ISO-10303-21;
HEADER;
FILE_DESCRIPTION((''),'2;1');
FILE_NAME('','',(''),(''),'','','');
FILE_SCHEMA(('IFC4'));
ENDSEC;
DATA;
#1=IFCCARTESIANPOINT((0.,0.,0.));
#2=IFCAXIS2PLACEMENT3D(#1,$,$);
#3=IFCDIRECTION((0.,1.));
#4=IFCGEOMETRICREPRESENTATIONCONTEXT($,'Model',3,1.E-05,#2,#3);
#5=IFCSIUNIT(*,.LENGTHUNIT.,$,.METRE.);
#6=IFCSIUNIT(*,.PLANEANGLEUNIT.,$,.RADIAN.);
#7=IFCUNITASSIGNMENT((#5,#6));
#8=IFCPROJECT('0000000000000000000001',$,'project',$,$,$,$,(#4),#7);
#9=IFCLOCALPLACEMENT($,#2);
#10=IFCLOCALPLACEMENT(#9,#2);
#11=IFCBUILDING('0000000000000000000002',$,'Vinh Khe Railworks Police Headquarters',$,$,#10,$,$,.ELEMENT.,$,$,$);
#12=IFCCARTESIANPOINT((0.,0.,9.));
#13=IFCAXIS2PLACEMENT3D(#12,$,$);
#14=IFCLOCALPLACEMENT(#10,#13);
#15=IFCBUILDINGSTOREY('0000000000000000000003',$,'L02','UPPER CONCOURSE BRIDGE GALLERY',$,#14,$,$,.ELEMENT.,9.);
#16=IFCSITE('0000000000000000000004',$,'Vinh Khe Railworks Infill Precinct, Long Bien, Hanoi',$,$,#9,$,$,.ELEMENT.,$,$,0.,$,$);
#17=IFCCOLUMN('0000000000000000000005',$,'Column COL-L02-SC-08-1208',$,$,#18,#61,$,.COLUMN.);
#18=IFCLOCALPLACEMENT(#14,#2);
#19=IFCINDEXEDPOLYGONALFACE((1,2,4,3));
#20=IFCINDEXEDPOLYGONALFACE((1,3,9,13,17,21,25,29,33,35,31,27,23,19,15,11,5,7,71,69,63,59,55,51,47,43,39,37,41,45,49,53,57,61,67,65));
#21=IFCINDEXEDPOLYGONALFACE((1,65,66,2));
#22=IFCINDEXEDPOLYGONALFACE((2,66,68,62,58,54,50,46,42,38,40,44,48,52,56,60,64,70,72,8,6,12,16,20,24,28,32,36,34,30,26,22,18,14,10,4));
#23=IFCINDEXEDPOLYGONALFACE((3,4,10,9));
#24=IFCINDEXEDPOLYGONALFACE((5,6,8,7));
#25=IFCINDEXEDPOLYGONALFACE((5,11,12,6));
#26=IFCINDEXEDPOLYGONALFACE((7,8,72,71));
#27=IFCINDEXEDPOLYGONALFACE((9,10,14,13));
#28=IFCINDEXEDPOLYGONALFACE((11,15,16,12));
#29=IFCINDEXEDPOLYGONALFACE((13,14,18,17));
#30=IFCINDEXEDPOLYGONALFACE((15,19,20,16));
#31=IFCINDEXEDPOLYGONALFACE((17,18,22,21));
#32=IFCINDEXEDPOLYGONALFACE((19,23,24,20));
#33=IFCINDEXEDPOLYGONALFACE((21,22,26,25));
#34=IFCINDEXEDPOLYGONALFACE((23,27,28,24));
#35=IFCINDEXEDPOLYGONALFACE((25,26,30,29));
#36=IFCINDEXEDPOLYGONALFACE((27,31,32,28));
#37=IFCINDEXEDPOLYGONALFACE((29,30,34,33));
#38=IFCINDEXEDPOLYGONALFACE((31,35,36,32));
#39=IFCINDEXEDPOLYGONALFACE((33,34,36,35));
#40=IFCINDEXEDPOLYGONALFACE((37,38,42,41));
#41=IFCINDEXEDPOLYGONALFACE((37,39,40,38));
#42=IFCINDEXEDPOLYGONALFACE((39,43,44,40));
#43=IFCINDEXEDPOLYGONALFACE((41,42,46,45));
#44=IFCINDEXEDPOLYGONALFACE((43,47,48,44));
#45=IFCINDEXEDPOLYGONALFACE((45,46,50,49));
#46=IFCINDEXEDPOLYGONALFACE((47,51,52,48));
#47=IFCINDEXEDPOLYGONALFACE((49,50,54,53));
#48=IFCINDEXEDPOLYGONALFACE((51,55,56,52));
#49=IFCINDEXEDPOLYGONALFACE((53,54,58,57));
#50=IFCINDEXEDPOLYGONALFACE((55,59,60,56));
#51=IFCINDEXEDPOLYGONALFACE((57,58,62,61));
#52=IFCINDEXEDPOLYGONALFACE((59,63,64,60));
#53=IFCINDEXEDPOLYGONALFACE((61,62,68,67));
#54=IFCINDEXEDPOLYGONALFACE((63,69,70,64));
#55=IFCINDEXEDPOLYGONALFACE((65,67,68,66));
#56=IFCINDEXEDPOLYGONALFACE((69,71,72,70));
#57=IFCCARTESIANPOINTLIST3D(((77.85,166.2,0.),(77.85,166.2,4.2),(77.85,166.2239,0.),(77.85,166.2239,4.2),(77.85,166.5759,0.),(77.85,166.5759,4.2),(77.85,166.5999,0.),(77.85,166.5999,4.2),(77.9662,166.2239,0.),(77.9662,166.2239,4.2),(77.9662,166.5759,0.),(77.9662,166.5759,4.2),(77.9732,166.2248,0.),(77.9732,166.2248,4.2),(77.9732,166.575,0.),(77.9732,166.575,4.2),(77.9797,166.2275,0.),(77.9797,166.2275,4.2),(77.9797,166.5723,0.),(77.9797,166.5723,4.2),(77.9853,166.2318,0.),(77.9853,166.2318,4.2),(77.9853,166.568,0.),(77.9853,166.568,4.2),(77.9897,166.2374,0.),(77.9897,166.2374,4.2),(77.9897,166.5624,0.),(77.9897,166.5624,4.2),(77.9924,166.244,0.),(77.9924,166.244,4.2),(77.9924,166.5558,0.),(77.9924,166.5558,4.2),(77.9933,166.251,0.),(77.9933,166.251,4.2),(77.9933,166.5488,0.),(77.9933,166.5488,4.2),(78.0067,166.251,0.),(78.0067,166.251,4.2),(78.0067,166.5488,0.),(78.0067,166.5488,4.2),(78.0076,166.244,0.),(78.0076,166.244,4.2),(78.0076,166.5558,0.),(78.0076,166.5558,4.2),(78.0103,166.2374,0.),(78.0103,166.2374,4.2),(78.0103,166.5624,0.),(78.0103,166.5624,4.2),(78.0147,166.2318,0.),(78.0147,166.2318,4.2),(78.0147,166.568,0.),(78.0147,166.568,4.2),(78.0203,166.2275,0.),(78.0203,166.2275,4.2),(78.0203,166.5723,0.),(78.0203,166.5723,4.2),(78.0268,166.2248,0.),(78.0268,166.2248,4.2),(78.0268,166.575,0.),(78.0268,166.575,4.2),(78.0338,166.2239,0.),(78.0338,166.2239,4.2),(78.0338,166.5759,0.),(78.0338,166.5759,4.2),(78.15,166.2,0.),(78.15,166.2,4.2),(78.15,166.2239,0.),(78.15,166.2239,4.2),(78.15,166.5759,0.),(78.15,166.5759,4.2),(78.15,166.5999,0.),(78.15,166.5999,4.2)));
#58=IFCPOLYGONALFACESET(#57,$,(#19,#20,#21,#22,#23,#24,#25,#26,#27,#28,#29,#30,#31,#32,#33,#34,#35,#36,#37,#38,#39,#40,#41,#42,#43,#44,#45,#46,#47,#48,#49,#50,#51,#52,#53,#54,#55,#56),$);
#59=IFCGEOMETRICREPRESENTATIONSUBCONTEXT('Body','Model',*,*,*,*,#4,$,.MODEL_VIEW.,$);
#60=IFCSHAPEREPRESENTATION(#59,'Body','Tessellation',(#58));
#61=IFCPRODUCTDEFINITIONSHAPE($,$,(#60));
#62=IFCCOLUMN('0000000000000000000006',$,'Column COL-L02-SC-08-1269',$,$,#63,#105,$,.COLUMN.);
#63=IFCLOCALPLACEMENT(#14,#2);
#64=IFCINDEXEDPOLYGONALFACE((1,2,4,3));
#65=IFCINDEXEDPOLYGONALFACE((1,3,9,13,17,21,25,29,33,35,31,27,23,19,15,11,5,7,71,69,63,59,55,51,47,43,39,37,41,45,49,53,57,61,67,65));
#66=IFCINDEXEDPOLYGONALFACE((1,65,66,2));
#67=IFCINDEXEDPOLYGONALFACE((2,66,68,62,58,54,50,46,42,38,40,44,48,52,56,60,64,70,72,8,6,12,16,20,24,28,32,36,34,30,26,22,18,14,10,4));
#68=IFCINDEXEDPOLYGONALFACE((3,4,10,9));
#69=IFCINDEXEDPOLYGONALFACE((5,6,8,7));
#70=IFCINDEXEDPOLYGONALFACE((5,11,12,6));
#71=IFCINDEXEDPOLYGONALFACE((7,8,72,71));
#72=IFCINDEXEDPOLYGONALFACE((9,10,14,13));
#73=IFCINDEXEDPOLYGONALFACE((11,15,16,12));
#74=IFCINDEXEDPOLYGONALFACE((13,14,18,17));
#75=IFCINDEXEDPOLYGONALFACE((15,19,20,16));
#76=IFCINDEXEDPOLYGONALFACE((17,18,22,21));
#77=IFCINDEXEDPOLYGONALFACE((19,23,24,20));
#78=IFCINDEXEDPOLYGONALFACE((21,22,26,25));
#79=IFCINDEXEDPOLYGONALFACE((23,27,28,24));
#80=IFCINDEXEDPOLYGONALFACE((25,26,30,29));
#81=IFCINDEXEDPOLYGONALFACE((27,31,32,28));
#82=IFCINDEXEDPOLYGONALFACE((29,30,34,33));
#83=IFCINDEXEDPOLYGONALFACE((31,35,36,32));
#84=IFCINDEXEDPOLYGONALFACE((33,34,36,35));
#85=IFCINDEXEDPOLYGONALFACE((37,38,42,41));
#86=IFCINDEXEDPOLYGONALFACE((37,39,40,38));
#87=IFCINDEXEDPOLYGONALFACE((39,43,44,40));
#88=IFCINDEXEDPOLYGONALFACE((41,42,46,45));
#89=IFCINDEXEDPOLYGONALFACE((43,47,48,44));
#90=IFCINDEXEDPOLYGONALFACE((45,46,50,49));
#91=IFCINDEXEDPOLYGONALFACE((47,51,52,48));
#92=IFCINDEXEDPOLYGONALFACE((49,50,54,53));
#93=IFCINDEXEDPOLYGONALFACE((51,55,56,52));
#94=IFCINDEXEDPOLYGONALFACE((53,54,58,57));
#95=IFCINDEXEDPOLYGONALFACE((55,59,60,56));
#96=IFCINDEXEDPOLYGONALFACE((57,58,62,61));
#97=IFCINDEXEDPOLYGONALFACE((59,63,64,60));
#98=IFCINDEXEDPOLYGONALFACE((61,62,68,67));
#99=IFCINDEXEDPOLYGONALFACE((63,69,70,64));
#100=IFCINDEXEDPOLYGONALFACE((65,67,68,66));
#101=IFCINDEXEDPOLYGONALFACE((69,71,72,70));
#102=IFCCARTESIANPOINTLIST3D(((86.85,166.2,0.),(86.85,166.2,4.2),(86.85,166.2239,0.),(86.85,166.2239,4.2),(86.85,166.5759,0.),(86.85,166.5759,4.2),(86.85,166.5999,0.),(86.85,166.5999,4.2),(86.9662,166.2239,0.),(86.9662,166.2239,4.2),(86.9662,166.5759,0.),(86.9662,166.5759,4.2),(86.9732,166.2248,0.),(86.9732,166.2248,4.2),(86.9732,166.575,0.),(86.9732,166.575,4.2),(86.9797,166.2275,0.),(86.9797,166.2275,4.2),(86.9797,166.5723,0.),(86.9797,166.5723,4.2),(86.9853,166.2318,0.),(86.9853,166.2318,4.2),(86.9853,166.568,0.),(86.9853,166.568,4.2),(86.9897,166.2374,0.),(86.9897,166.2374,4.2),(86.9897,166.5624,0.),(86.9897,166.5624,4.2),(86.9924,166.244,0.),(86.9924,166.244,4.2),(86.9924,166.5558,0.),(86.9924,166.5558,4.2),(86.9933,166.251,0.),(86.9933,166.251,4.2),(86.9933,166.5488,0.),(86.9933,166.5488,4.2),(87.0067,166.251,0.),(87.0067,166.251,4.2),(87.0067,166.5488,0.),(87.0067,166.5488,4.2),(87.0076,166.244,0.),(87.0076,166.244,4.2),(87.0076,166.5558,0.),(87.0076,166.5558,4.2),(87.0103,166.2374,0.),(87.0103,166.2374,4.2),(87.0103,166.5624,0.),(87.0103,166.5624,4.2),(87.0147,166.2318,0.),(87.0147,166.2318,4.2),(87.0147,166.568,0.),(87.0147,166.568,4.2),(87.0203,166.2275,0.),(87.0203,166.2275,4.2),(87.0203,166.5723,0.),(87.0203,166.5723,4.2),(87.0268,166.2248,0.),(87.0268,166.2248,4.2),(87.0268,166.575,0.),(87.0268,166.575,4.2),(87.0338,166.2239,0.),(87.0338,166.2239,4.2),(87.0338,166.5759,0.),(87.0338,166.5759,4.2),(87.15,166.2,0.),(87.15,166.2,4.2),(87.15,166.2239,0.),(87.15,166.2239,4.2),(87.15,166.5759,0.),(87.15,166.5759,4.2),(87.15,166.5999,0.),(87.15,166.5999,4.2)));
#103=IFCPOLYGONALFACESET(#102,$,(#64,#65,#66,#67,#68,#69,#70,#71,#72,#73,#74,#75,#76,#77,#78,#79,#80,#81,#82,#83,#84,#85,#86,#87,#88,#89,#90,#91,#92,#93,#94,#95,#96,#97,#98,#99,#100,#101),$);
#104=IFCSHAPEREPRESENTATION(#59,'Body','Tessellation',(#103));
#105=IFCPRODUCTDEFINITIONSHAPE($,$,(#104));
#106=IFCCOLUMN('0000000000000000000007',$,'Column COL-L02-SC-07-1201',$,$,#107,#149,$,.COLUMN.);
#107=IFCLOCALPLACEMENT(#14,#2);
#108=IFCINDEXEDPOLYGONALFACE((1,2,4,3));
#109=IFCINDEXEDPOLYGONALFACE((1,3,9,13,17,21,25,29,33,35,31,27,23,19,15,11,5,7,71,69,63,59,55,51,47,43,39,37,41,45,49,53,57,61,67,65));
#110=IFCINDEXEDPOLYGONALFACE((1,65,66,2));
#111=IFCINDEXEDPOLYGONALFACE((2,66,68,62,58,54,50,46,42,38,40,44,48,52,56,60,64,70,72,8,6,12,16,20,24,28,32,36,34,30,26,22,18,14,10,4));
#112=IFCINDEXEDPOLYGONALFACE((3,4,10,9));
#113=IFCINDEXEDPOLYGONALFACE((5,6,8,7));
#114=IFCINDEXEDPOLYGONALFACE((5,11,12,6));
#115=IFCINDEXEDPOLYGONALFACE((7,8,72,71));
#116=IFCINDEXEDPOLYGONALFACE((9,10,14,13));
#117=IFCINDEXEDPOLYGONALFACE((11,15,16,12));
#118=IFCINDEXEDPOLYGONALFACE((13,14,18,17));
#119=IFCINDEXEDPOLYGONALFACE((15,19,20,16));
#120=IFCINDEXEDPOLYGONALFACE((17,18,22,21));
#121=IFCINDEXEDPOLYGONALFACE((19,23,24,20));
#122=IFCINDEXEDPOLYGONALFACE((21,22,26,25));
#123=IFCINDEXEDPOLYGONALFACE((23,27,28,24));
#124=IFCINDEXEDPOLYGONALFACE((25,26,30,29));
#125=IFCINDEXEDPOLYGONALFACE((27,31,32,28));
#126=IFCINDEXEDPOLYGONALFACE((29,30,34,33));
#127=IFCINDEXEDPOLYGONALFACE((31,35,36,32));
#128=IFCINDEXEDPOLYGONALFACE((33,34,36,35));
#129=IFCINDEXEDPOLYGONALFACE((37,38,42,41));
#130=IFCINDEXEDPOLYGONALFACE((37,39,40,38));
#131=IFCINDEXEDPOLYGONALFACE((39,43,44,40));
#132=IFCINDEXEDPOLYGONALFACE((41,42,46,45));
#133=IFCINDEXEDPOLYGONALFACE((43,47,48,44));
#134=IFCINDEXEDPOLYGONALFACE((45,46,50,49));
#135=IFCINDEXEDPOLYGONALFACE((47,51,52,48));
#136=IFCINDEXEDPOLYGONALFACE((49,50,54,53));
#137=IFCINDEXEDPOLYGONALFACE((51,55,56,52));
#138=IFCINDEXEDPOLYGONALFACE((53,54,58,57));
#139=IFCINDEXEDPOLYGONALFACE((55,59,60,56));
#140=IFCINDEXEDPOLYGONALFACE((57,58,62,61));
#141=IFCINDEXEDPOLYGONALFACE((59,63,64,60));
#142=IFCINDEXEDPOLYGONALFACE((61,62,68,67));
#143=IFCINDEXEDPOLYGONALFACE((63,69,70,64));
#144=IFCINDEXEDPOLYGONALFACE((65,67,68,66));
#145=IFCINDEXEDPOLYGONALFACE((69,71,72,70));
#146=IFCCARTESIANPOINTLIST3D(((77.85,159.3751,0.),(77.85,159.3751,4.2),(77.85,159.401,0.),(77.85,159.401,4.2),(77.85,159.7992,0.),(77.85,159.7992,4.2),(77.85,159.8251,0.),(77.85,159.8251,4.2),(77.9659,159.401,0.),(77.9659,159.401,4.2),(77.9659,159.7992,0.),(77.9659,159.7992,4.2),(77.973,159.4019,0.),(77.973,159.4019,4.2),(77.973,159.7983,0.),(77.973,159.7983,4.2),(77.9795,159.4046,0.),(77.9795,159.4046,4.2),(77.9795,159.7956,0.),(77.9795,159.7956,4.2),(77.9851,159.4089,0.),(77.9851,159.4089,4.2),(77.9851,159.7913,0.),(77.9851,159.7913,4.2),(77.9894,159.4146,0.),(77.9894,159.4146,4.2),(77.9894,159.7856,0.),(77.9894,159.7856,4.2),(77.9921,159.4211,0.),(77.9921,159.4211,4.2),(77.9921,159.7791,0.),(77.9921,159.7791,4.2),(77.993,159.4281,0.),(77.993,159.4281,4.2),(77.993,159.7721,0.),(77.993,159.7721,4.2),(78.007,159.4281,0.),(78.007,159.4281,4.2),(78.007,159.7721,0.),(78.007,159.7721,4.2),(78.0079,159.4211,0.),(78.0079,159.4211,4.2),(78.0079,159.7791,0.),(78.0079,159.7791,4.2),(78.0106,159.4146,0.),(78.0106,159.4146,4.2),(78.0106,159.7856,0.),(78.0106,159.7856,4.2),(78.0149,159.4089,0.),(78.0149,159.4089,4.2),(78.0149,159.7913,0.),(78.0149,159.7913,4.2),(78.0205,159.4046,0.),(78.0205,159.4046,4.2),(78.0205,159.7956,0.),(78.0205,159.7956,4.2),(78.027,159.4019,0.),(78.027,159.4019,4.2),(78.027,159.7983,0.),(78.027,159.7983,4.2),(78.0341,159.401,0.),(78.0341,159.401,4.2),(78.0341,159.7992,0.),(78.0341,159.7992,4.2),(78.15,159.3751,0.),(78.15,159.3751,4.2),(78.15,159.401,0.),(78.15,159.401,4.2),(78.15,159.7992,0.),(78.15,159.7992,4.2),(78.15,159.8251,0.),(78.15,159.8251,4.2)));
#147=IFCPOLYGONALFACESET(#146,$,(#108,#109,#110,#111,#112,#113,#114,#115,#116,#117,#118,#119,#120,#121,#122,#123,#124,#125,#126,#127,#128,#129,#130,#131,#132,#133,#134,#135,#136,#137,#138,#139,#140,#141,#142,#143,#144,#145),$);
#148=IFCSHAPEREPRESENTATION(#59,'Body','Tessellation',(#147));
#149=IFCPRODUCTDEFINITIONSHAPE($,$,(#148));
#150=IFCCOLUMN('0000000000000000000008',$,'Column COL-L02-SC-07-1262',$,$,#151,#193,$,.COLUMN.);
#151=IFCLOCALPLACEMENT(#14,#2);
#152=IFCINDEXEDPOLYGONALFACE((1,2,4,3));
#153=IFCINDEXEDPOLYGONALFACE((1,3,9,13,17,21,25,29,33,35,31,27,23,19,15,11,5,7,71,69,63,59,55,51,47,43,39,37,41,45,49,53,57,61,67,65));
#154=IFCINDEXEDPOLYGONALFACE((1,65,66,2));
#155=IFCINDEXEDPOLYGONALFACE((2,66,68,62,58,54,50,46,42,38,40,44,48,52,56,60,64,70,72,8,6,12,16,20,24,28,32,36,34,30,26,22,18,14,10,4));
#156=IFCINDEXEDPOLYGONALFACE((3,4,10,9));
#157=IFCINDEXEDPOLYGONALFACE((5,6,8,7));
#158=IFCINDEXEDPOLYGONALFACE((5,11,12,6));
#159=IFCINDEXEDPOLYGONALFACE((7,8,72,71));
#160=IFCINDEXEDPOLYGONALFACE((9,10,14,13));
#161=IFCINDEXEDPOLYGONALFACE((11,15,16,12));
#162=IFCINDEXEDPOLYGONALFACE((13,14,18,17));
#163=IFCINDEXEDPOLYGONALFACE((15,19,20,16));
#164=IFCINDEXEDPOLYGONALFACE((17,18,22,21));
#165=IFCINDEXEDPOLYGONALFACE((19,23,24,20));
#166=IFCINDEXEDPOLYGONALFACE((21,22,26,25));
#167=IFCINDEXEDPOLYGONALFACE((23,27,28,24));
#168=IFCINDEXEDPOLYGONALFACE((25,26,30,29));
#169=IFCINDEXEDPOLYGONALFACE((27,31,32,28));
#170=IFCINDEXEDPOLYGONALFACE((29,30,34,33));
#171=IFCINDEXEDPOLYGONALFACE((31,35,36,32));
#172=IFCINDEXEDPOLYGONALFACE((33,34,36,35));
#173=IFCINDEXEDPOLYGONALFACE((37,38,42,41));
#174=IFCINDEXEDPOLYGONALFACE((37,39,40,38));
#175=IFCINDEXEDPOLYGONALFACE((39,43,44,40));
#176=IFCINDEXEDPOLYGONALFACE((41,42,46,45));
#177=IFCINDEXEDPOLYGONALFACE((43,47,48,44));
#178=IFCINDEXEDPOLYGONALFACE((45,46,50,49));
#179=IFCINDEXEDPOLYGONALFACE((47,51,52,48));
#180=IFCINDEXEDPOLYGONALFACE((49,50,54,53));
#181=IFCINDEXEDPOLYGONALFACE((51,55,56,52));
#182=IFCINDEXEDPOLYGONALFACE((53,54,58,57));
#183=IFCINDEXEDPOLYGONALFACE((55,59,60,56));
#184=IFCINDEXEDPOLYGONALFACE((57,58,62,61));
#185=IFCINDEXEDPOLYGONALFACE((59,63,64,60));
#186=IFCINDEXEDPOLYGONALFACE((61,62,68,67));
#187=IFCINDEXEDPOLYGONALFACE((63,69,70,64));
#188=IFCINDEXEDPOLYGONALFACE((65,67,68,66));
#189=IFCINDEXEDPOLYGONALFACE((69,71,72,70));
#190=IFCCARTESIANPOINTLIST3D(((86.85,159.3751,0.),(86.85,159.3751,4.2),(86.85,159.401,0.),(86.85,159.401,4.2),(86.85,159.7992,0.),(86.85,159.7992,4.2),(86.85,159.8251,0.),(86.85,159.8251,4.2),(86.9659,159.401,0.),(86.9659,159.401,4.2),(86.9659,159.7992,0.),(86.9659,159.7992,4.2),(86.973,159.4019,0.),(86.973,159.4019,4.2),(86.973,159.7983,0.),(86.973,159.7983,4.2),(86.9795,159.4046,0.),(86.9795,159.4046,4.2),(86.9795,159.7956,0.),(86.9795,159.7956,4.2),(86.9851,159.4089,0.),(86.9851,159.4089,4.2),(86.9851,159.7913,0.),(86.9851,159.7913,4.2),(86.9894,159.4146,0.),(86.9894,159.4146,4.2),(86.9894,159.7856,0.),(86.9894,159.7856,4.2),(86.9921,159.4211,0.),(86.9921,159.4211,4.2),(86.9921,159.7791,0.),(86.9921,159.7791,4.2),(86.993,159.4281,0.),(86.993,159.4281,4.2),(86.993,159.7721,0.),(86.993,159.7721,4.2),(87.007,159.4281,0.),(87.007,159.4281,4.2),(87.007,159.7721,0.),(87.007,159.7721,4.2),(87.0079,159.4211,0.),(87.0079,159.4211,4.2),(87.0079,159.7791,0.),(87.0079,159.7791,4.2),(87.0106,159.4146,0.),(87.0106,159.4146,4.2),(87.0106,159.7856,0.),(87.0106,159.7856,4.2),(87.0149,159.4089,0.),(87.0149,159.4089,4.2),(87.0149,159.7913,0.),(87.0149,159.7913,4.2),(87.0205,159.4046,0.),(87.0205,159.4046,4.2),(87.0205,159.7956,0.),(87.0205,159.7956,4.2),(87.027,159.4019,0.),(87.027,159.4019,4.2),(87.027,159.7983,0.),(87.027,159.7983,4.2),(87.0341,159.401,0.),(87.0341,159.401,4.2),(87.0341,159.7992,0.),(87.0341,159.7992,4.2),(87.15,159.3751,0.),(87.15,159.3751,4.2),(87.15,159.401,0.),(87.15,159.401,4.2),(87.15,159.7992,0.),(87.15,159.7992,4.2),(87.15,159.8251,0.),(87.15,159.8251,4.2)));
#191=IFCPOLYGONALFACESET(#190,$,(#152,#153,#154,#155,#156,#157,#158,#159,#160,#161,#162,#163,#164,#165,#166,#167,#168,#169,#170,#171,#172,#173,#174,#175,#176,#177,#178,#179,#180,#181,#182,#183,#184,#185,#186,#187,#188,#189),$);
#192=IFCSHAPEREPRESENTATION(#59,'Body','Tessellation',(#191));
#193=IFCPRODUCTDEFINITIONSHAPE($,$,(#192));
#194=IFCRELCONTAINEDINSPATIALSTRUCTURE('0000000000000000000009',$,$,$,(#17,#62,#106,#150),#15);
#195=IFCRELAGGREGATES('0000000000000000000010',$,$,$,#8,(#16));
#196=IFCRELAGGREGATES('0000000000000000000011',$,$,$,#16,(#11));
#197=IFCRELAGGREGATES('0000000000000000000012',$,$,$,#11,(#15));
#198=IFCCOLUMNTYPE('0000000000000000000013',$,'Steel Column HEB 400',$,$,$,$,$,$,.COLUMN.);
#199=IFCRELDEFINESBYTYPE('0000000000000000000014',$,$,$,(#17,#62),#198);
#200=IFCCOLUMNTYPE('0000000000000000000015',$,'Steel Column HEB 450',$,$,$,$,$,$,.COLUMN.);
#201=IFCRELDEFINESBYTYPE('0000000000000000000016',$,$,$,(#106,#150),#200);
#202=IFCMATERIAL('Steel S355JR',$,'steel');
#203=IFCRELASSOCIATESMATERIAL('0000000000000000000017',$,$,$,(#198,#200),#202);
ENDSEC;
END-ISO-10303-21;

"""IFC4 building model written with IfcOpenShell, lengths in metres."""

from ifc_helpers import new_model, si_unit, direction, frame, origin, origin_2d, place, context, subcontext, project, spatial, i_section, extrude, material, material_profile, profile_set, type_object, element, save


model = new_model("IFC4")

# Units and contexts
model_context = context("Model", 3, precision=1e-05, world=origin(), true_north=direction((0.0, 1.0)))
body_context = subcontext(model_context, "Body", "Model", "MODEL_VIEW")
ifc_project = project(units=[si_unit("LENGTHUNIT", "METRE"), si_unit("PLANEANGLEUNIT", "RADIAN")], contexts=[model_context])

# Site, building, storey
site_placement = place(None, origin())
site = spatial("IfcSite", under=ifc_project, at=site_placement, Name="Vinh Khe Railworks Infill Precinct, Long Bien, Hanoi", CompositionType="ELEMENT", RefElevation=0.0)
building_placement = place(site_placement, origin())
building = spatial("IfcBuilding", under=site, at=building_placement, Name="Vinh Khe Railworks Police Headquarters", CompositionType="ELEMENT")
storey_placement = place(building_placement, frame((0.0, 0.0, 9.0)))
storey = spatial("IfcBuildingStorey", under=building, at=storey_placement, Name="L02", Description="UPPER CONCOURSE BRIDGE GALLERY", CompositionType="ELEMENT", Elevation=9.0)

# Columns
ifc_material_1 = material(Name="Steel S355JR", Category="steel")
ifc_material_profile_1 = material_profile(ifc_material_1, i_section(OverallWidth=0.3, OverallDepth=0.3999, WebThickness=0.0134, FlangeThickness=0.0239, FilletRadius=0.0271, at=origin_2d()), Name="HEB 400")
ifc_profile_set_1 = profile_set([ifc_material_profile_1], Name="Steel S355JR")
column_type_1 = type_object("IfcColumnType", Name="Steel Column HEB 400", PredefinedType="COLUMN", material=ifc_profile_set_1)
for number, where, z_axis, x_axis, name in (
    (1, (78.0, 166.3999, 0.0), (0.0, 0.0, 1.0), (1.0, 0.0, 0.0), "Column COL-L02-SC-08-1208"),
    (2, (87.0, 166.3999, 0.0), (0.0, 0.0, 1.0), (1.0, 0.0, 0.0), "Column COL-L02-SC-08-1269"),
):
    element("IfcColumn", number, at=place(storey_placement, frame(where, z_axis=z_axis, x_axis=x_axis)), inside=storey, type_object=column_type_1, Name=name, PredefinedType="COLUMN", context=body_context, shape_type="SweptSolid", body=[
        extrude(i_section(OverallWidth=0.3, OverallDepth=0.3999, WebThickness=0.0134, FlangeThickness=0.0239, FilletRadius=0.0271, at=origin_2d()), origin(), (0.0, 0.0, 1.0), 4.2),
    ])
ifc_material_profile_2 = material_profile(ifc_material_1, i_section(OverallWidth=0.3, OverallDepth=0.45, WebThickness=0.0139, FlangeThickness=0.0259, FilletRadius=0.0271, at=origin_2d()), Name="HEB 450")
ifc_profile_set_2 = profile_set([ifc_material_profile_2], Name="Steel S355JR")
column_type_2 = type_object("IfcColumnType", Name="Steel Column HEB 450", PredefinedType="COLUMN", material=ifc_profile_set_2)
for number, where, z_axis, x_axis, name in (
    (3, (78.0, 159.6001, 0.0), (0.0, 0.0, 1.0), (1.0, 0.0, 0.0), "Column COL-L02-SC-07-1201"),
    (4, (87.0, 159.6001, 0.0), (0.0, 0.0, 1.0), (1.0, 0.0, 0.0), "Column COL-L02-SC-07-1262"),
):
    element("IfcColumn", number, at=place(storey_placement, frame(where, z_axis=z_axis, x_axis=x_axis)), inside=storey, type_object=column_type_2, Name=name, PredefinedType="COLUMN", context=body_context, shape_type="SweptSolid", body=[
        extrude(i_section(OverallWidth=0.3, OverallDepth=0.45, WebThickness=0.0139, FlangeThickness=0.0259, FilletRadius=0.0271, at=origin_2d()), origin(), (0.0, 0.0, 1.0), 4.2),
    ])

save(model, "model.ifc")
